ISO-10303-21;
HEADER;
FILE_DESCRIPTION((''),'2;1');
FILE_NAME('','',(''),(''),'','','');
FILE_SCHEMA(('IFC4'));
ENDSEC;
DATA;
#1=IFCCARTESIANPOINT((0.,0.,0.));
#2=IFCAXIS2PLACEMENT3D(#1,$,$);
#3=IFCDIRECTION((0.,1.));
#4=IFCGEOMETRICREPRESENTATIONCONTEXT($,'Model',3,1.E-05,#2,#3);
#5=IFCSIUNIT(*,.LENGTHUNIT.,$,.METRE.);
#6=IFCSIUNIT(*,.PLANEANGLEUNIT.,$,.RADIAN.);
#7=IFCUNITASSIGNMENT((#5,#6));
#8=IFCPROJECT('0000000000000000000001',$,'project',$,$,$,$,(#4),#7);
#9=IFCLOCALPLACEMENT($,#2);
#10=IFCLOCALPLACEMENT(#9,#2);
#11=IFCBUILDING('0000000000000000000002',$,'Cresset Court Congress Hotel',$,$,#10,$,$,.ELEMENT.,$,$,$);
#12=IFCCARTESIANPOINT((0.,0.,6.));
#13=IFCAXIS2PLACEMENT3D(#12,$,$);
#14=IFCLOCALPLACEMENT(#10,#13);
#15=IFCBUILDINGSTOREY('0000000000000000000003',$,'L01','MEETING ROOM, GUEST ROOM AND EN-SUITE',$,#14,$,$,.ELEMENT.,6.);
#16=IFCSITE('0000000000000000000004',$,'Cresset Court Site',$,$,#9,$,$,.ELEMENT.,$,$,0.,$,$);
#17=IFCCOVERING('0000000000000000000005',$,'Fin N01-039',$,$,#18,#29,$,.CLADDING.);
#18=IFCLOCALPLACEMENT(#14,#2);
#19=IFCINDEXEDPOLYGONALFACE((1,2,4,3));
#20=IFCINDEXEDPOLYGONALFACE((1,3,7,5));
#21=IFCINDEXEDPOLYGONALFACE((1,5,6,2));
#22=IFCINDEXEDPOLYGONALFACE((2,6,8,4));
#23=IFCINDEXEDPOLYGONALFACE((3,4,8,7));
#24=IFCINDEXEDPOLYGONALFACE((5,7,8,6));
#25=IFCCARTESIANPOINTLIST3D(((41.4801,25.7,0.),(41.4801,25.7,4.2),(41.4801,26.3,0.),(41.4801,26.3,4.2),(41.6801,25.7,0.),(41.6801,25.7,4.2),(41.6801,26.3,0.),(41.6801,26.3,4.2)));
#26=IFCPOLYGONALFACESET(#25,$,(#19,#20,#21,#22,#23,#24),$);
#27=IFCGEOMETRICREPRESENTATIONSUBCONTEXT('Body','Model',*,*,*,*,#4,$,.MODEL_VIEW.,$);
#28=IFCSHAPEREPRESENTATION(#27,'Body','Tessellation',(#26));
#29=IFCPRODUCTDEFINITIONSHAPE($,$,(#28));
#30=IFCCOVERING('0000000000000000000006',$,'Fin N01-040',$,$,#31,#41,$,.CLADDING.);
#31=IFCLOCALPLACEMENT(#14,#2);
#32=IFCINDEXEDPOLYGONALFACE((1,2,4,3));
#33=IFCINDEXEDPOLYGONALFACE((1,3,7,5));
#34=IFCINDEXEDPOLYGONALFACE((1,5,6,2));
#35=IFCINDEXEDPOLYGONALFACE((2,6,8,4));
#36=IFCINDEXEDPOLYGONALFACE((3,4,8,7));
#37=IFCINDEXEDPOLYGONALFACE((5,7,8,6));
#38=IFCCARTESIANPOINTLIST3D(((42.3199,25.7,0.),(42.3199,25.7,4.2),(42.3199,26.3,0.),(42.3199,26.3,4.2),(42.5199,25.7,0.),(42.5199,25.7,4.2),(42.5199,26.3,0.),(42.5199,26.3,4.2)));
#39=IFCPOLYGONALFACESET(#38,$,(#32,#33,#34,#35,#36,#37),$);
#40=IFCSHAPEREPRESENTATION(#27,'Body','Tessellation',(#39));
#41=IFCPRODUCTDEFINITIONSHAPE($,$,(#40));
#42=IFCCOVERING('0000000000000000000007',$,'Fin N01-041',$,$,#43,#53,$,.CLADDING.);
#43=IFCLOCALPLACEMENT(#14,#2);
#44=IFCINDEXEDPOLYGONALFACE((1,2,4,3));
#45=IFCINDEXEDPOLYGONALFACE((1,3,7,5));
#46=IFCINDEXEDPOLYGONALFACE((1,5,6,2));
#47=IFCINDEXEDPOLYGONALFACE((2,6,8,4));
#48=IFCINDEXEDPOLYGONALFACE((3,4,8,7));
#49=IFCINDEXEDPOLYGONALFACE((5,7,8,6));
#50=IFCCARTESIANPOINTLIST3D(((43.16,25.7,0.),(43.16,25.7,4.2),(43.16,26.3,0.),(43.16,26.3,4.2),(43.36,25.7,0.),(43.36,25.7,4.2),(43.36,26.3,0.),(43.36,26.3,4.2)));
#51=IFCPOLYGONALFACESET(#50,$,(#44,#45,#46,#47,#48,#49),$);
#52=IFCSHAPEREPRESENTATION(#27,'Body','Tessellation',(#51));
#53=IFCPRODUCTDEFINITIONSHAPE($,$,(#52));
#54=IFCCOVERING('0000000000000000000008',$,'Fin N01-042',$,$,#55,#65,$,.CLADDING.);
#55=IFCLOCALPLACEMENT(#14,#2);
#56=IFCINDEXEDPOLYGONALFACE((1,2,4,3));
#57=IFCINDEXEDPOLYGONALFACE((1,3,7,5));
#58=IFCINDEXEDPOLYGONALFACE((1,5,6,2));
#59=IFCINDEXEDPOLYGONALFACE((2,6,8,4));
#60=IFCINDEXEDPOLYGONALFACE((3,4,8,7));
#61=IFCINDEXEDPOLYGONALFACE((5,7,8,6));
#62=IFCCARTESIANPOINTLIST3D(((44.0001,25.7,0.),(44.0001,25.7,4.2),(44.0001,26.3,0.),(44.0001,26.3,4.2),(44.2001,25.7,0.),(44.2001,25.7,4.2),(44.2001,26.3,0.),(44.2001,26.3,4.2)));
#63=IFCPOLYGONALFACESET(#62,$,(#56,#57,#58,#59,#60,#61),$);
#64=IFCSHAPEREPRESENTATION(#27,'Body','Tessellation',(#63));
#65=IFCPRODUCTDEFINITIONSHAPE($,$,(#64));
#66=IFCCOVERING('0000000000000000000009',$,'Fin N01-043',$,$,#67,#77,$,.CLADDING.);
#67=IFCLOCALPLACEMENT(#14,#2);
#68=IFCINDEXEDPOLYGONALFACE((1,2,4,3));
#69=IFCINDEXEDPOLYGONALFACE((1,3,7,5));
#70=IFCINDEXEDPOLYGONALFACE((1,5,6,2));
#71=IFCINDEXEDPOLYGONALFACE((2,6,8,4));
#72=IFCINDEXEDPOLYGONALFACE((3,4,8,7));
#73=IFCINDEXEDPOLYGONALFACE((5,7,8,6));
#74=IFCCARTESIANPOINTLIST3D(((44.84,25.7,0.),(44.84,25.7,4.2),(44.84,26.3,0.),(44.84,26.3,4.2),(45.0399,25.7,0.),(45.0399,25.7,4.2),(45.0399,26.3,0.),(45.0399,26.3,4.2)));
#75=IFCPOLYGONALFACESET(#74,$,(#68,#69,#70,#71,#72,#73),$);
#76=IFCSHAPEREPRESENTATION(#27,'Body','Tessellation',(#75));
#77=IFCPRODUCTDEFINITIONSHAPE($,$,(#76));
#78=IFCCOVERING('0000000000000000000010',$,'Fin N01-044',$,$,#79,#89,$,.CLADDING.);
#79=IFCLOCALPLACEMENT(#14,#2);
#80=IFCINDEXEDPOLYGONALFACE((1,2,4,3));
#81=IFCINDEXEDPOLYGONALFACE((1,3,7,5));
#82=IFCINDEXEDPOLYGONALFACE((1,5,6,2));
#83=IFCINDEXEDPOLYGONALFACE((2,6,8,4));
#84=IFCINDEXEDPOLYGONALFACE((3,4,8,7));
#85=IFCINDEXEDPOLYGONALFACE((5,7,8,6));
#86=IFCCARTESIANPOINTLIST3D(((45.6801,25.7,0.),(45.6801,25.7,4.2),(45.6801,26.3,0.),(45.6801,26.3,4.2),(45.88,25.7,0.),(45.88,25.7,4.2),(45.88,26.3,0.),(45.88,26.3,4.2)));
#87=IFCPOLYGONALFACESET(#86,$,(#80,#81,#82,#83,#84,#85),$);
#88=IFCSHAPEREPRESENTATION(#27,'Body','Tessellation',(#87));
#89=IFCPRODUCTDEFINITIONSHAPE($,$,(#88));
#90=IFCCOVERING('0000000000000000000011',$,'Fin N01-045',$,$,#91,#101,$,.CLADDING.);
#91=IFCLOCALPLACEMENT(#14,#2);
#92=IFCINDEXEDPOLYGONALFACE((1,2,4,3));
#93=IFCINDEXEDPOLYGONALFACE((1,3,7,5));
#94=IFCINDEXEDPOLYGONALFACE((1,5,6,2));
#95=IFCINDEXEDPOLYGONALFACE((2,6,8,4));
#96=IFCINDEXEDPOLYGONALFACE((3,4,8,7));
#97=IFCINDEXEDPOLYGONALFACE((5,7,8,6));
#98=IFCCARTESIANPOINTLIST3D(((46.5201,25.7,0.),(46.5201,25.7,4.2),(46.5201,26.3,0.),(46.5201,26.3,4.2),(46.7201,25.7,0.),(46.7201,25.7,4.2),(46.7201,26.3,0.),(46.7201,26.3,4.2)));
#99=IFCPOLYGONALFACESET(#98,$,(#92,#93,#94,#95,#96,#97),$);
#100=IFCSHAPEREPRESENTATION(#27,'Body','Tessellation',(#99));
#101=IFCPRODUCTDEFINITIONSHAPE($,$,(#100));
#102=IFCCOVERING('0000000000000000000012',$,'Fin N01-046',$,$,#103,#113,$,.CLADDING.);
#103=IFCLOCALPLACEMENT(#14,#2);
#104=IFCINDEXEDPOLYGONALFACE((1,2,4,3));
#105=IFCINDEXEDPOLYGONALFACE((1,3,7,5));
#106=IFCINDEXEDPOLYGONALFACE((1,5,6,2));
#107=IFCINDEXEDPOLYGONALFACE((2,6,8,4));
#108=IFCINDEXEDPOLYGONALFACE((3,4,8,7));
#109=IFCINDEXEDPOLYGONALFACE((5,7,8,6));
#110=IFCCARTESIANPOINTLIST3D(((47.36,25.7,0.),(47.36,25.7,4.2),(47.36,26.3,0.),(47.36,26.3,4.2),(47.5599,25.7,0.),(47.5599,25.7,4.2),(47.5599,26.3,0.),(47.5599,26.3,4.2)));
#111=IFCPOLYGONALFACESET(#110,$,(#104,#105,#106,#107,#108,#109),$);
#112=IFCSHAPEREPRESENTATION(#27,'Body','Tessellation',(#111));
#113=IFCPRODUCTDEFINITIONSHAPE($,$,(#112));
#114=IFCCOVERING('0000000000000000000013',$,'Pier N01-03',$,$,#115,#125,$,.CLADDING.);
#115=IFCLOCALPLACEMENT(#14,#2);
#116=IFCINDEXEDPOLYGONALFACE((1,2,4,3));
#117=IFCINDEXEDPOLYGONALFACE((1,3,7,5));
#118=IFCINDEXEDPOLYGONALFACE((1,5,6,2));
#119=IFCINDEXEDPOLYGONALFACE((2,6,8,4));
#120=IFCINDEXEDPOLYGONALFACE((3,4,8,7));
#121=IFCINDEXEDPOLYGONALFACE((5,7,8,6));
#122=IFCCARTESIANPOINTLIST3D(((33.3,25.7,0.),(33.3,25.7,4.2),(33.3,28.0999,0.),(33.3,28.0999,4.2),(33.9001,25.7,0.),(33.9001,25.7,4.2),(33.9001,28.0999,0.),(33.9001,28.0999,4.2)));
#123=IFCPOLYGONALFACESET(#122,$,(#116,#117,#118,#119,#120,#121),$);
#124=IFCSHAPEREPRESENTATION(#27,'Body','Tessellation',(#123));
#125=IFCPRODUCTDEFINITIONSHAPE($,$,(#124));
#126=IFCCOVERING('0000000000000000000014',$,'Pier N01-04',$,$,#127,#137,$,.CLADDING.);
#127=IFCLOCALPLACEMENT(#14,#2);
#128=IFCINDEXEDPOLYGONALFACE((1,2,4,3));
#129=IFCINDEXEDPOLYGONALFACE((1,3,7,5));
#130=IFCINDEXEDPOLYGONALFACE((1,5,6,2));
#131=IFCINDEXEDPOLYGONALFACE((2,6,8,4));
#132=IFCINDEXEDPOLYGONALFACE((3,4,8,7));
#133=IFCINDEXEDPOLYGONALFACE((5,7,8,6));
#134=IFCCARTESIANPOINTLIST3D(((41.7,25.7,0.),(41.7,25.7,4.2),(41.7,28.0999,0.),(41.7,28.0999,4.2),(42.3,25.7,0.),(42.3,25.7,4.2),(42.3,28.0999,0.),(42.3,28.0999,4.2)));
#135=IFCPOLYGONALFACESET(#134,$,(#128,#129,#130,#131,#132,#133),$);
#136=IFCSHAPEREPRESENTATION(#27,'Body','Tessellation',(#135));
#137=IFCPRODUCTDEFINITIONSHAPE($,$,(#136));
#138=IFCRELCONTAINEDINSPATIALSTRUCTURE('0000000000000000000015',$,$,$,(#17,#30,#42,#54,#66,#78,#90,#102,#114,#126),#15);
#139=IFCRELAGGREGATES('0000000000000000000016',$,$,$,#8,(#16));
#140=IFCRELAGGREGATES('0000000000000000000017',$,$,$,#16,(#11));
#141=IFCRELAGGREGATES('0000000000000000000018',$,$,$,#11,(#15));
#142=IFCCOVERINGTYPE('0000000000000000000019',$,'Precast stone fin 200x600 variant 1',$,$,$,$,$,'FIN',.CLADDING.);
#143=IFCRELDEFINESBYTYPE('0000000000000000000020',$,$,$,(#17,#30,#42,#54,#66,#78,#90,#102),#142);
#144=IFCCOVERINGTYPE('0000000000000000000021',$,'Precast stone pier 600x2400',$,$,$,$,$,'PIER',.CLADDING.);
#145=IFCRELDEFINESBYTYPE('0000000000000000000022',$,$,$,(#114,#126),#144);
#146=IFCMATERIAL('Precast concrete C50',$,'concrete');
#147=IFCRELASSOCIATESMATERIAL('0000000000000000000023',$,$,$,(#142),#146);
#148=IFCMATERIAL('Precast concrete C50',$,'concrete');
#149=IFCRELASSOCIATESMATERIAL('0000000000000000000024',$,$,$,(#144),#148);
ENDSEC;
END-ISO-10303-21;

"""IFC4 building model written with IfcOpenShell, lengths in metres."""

from ifc_helpers import new_model, si_unit, direction, frame, origin, origin_2d, place, context, subcontext, project, spatial, rectangle, extrude, material, type_object, element, save


model = new_model("IFC4")

# Units and contexts
model_context = context("Model", 3, precision=1e-05, world=origin(), true_north=direction((0.0, 1.0)))
body_context = subcontext(model_context, "Body", "Model", "MODEL_VIEW")
ifc_project = project(units=[si_unit("LENGTHUNIT", "METRE"), si_unit("PLANEANGLEUNIT", "RADIAN")], contexts=[model_context])

# Site, building, storey
site_placement = place(None, origin())
site = spatial("IfcSite", under=ifc_project, at=site_placement, Name="Cresset Court Site", CompositionType="ELEMENT", RefElevation=0.0)
building_placement = place(site_placement, origin())
building = spatial("IfcBuilding", under=site, at=building_placement, Name="Cresset Court Congress Hotel", CompositionType="ELEMENT")
storey_placement = place(building_placement, frame((0.0, 0.0, 6.0)))
storey = spatial("IfcBuildingStorey", under=building, at=storey_placement, Name="L01", Description="MEETING ROOM, GUEST ROOM AND EN-SUITE", CompositionType="ELEMENT", Elevation=6.0)

# Coverings
ifc_material_1 = material(Name="Precast concrete C50", Category="concrete")
covering_type_1 = type_object("IfcCoveringType", Name="Precast stone fin 200x600 variant 1", ElementType="FIN", PredefinedType="CLADDING", material=ifc_material_1)
for number, where, z_axis, x_axis, name in (
    (1, (41.5801, 26.0, 0.0), (0.0, 0.0, 1.0), (1.0, 0.0, 0.0), "Fin N01-039"),
    (2, (42.4199, 26.0, 0.0), (0.0, 0.0, 1.0), (1.0, 0.0, 0.0), "Fin N01-040"),
    (3, (43.26, 26.0, 0.0), (0.0, 0.0, 1.0), (1.0, 0.0, 0.0), "Fin N01-041"),
    (4, (44.1001, 26.0, 0.0), (0.0, 0.0, 1.0), (1.0, 0.0, 0.0), "Fin N01-042"),
    (5, (44.9399, 26.0, 0.0), (0.0, 0.0, 1.0), (1.0, 0.0, 0.0), "Fin N01-043"),
    (6, (45.78, 26.0, 0.0), (0.0, 0.0, 1.0), (1.0, 0.0, 0.0), "Fin N01-044"),
    (7, (46.6201, 26.0, 0.0), (0.0, 0.0, 1.0), (1.0, 0.0, 0.0), "Fin N01-045"),
    (8, (47.46, 26.0, 0.0), (0.0, 0.0, 1.0), (1.0, 0.0, 0.0), "Fin N01-046"),
):
    element("IfcCovering", number, at=place(storey_placement, frame(where, z_axis=z_axis, x_axis=x_axis)), inside=storey, type_object=covering_type_1, Name=name, PredefinedType="CLADDING", context=body_context, shape_type="SweptSolid", body=[
        extrude(rectangle(XDim=0.2, YDim=0.6001, at=origin_2d()), origin(), (0.0, 0.0, 1.0), 4.2),
    ])
ifc_material_2 = material(Name="Precast concrete C50", Category="concrete")
covering_type_2 = type_object("IfcCoveringType", Name="Precast stone pier 600x2400", ElementType="PIER", PredefinedType="CLADDING", material=ifc_material_2)
for number, where, z_axis, x_axis, name in (
    (9, (33.6001, 26.8999, 0.0), (0.0, 0.0, 1.0), (1.0, 0.0, 0.0), "Pier N01-03"),
    (10, (42.0, 26.8999, 0.0), (0.0, 0.0, 1.0), (1.0, 0.0, 0.0), "Pier N01-04"),
):
    element("IfcCovering", number, at=place(storey_placement, frame(where, z_axis=z_axis, x_axis=x_axis)), inside=storey, type_object=covering_type_2, Name=name, PredefinedType="CLADDING", context=body_context, shape_type="SweptSolid", body=[
        extrude(rectangle(XDim=0.6001, YDim=2.3999, at=origin_2d()), origin(), (0.0, 0.0, 1.0), 4.2),
    ])

save(model, "model.ifc")
